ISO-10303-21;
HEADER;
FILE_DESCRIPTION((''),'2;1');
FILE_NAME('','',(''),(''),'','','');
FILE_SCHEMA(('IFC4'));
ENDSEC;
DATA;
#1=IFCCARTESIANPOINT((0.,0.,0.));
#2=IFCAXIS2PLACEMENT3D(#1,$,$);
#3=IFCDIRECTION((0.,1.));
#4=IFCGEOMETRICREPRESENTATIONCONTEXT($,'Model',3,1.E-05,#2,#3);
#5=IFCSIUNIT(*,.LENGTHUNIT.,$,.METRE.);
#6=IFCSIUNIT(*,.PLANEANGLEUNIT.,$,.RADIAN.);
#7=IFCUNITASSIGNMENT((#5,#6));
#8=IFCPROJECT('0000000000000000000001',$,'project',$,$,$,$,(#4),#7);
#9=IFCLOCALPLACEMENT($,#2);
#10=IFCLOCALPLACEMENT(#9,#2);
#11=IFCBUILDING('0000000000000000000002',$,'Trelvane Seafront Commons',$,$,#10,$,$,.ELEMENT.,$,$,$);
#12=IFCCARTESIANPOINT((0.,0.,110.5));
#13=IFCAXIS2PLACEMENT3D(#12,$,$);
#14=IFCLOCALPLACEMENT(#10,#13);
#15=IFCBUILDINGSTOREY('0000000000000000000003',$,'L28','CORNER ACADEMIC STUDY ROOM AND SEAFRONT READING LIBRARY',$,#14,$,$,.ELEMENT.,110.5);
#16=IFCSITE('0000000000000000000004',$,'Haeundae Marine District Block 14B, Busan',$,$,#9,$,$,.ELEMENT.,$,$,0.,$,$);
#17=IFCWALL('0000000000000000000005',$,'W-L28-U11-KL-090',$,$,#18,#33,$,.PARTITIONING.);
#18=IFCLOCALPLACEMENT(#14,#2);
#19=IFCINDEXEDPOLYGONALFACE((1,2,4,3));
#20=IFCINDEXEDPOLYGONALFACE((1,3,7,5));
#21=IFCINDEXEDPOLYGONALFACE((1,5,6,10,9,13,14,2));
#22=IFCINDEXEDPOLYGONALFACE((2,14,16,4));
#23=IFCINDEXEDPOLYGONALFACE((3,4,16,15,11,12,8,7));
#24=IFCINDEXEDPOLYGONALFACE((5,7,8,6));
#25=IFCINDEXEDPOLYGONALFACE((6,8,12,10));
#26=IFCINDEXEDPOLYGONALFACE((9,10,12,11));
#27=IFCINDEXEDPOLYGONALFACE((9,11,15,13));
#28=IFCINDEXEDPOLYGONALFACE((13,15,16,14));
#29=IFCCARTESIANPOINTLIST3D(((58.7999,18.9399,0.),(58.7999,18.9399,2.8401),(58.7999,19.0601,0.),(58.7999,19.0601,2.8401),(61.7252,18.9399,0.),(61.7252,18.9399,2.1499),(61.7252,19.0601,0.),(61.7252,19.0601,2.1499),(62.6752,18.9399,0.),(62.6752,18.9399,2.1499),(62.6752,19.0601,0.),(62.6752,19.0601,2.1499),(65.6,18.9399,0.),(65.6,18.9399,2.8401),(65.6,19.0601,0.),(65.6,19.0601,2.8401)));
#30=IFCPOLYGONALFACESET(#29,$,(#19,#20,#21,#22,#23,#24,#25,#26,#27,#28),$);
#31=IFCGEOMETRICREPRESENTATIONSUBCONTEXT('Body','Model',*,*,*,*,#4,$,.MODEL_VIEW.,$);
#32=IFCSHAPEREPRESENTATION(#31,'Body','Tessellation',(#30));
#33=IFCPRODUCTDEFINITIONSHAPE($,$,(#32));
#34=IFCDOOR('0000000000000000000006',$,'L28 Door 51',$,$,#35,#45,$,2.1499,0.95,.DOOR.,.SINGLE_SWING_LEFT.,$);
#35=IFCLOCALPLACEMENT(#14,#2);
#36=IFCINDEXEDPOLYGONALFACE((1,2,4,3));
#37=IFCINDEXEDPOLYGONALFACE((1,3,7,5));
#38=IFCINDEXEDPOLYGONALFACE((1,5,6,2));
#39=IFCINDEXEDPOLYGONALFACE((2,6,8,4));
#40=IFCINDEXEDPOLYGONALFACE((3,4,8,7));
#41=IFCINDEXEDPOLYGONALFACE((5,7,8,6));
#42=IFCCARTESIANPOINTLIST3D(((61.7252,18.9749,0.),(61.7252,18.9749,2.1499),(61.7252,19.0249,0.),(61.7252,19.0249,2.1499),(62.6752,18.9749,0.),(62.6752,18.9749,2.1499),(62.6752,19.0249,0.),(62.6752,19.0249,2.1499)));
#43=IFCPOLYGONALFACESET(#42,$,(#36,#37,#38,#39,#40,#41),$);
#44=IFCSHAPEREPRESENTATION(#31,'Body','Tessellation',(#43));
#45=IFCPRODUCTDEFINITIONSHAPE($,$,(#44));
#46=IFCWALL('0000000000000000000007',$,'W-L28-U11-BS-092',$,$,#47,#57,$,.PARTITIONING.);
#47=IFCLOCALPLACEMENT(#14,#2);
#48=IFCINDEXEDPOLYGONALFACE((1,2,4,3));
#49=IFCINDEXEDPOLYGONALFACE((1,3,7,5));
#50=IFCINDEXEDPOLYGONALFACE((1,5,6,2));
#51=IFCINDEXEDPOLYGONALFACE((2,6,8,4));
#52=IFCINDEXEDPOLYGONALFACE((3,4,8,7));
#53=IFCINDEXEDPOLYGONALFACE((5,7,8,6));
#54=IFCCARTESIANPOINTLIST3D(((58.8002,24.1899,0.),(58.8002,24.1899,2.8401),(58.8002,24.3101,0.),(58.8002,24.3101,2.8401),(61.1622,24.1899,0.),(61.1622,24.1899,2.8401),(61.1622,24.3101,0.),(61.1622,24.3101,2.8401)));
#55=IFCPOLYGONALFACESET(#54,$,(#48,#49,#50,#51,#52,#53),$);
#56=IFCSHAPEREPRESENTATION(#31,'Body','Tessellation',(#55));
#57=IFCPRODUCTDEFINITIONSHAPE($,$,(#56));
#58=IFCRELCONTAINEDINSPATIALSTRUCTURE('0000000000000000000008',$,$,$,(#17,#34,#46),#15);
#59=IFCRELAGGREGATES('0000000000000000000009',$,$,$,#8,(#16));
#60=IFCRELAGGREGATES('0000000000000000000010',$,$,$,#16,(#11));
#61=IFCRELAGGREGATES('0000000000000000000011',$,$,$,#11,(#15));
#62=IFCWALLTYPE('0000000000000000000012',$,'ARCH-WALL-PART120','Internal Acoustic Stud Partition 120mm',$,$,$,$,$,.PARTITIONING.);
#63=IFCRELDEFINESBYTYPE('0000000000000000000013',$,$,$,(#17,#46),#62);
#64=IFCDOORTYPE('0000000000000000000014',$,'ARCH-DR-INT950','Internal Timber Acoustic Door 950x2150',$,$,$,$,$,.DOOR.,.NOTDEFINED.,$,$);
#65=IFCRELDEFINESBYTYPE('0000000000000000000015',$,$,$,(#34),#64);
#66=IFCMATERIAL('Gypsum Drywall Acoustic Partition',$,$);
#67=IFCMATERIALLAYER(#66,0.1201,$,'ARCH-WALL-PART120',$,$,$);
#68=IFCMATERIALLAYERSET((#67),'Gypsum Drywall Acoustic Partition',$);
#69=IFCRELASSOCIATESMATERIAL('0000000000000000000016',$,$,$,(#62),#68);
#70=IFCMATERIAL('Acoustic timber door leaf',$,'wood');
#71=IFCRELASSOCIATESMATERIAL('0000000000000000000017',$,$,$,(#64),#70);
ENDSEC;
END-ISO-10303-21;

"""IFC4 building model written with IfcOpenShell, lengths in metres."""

from ifc_helpers import new_model, si_unit, direction, frame, frame_2d, origin, place, context, subcontext, project, spatial, rectangle, extrude, source, transform, mapped, material, layer, layer_set, type_object, element, fill, save


model = new_model("IFC4")

# Units and contexts
model_context = context("Model", 3, precision=1e-05, world=origin(), true_north=direction((0.0, 1.0)))
body_context = subcontext(model_context, "Body", "Model", "MODEL_VIEW")
ifc_project = project(units=[si_unit("LENGTHUNIT", "METRE"), si_unit("PLANEANGLEUNIT", "RADIAN")], contexts=[model_context])

# Site, building, storey
site_placement = place(None, origin())
site = spatial("IfcSite", under=ifc_project, at=site_placement, Name="Haeundae Marine District Block 14B, Busan", CompositionType="ELEMENT", RefElevation=0.0)
building_placement = place(site_placement, origin())
building = spatial("IfcBuilding", under=site, at=building_placement, Name="Trelvane Seafront Commons", CompositionType="ELEMENT")
storey_placement = place(building_placement, frame((0.0, 0.0, 110.5)))
storey = spatial("IfcBuildingStorey", under=building, at=storey_placement, Name="L28", Description="CORNER ACADEMIC STUDY ROOM AND SEAFRONT READING LIBRARY", CompositionType="ELEMENT", Elevation=110.5)

# Wall, opening, door
ifc_material_1 = material(Name="Gypsum Drywall Acoustic Partition")
ifc_layer = layer(ifc_material_1, 0.1201, Name="ARCH-WALL-PART120")
ifc_layer_set = layer_set([ifc_layer], Name="Gypsum Drywall Acoustic Partition")
wall_type = type_object("IfcWallType", Name="ARCH-WALL-PART120", Description="Internal Acoustic Stud Partition 120mm", PredefinedType="PARTITIONING", material=ifc_layer_set)
ifc_material_2 = material(Name="Acoustic timber door leaf", Category="wood")
door_type = type_object("IfcDoorType", Name="ARCH-DR-INT950", Description="Internal Timber Acoustic Door 950x2150", OperationType="NOTDEFINED", PredefinedType="DOOR", material=ifc_material_2)
shared_shape_1 = source(origin(), body_context, "Body", "SweptSolid", [
    extrude(rectangle(XDim=0.95, YDim=2.1499, at=frame_2d((0.4751, 1.075))), frame((0.0, 0.0249, 0.0), z_axis=(0.0, -1.0, 0.0), x_axis=(1.0, 0.0, 0.0)), (0.0, 0.0, 1.0), 0.05),
])
wall_1_placement = place(storey_placement, frame((58.8, 19.0, 0.0), z_axis=(0.0, 0.0, 1.0), x_axis=(1.0, 0.0, 0.0)))
wall_1 = element("IfcWall", 1, at=wall_1_placement, inside=storey, type_object=wall_type, Name="W-L28-U11-KL-090", PredefinedType="PARTITIONING", context=body_context, shape_type="SweptSolid", body=[
    extrude(rectangle(XDim=6.8, YDim=0.1201, at=frame_2d((3.3999, 0.0))), origin(), (0.0, 0.0, 1.0), 2.8401),
])
opening_1_placement = place(wall_1_placement, frame((2.925, 0.0, 0.0)))
opening_1 = element("IfcOpeningElement", 2, at=opening_1_placement, cuts=wall_1, PredefinedType="OPENING", context=body_context, shape_type="SweptSolid", body=[
    extrude(rectangle(XDim=0.95, YDim=2.1499, at=frame_2d((0.4751, 1.075))), frame((0.0, 0.0701, 0.0), z_axis=(0.0, -1.0, 0.0), x_axis=(1.0, 0.0, 0.0)), (0.0, 0.0, 1.0), 0.1401),
])
door_1_placement = place(opening_1_placement, origin())
door_1 = element("IfcDoor", 3, at=door_1_placement, inside=storey, type_object=door_type, Name="L28 Door 51", OperationType="SINGLE_SWING_LEFT", OverallHeight=2.1499, OverallWidth=0.95, PredefinedType="DOOR", context=body_context, shape_type="MappedRepresentation", body=[
    mapped(shared_shape_1, transform((0.0, 0.0, 0.0), x_axis=(1.0, 0.0, 0.0), y_axis=(0.0, 1.0, 0.0), z_axis=(0.0, 0.0, 1.0), scale=1.0)),
])
fill(opening_1, door_1)

# Wall
wall_2_placement = place(storey_placement, frame((58.8, 24.25, 0.0), z_axis=(0.0, 0.0, 1.0), x_axis=(1.0, 0.0, 0.0)))
element("IfcWall", 4, at=wall_2_placement, inside=storey, type_object=wall_type, Name="W-L28-U11-BS-092", PredefinedType="PARTITIONING", context=body_context, shape_type="SweptSolid", body=[
    extrude(rectangle(XDim=2.3621, YDim=0.1201, at=frame_2d((1.1812, 0.0))), origin(), (0.0, 0.0, 1.0), 2.8401),
])

save(model, "model.ifc")
